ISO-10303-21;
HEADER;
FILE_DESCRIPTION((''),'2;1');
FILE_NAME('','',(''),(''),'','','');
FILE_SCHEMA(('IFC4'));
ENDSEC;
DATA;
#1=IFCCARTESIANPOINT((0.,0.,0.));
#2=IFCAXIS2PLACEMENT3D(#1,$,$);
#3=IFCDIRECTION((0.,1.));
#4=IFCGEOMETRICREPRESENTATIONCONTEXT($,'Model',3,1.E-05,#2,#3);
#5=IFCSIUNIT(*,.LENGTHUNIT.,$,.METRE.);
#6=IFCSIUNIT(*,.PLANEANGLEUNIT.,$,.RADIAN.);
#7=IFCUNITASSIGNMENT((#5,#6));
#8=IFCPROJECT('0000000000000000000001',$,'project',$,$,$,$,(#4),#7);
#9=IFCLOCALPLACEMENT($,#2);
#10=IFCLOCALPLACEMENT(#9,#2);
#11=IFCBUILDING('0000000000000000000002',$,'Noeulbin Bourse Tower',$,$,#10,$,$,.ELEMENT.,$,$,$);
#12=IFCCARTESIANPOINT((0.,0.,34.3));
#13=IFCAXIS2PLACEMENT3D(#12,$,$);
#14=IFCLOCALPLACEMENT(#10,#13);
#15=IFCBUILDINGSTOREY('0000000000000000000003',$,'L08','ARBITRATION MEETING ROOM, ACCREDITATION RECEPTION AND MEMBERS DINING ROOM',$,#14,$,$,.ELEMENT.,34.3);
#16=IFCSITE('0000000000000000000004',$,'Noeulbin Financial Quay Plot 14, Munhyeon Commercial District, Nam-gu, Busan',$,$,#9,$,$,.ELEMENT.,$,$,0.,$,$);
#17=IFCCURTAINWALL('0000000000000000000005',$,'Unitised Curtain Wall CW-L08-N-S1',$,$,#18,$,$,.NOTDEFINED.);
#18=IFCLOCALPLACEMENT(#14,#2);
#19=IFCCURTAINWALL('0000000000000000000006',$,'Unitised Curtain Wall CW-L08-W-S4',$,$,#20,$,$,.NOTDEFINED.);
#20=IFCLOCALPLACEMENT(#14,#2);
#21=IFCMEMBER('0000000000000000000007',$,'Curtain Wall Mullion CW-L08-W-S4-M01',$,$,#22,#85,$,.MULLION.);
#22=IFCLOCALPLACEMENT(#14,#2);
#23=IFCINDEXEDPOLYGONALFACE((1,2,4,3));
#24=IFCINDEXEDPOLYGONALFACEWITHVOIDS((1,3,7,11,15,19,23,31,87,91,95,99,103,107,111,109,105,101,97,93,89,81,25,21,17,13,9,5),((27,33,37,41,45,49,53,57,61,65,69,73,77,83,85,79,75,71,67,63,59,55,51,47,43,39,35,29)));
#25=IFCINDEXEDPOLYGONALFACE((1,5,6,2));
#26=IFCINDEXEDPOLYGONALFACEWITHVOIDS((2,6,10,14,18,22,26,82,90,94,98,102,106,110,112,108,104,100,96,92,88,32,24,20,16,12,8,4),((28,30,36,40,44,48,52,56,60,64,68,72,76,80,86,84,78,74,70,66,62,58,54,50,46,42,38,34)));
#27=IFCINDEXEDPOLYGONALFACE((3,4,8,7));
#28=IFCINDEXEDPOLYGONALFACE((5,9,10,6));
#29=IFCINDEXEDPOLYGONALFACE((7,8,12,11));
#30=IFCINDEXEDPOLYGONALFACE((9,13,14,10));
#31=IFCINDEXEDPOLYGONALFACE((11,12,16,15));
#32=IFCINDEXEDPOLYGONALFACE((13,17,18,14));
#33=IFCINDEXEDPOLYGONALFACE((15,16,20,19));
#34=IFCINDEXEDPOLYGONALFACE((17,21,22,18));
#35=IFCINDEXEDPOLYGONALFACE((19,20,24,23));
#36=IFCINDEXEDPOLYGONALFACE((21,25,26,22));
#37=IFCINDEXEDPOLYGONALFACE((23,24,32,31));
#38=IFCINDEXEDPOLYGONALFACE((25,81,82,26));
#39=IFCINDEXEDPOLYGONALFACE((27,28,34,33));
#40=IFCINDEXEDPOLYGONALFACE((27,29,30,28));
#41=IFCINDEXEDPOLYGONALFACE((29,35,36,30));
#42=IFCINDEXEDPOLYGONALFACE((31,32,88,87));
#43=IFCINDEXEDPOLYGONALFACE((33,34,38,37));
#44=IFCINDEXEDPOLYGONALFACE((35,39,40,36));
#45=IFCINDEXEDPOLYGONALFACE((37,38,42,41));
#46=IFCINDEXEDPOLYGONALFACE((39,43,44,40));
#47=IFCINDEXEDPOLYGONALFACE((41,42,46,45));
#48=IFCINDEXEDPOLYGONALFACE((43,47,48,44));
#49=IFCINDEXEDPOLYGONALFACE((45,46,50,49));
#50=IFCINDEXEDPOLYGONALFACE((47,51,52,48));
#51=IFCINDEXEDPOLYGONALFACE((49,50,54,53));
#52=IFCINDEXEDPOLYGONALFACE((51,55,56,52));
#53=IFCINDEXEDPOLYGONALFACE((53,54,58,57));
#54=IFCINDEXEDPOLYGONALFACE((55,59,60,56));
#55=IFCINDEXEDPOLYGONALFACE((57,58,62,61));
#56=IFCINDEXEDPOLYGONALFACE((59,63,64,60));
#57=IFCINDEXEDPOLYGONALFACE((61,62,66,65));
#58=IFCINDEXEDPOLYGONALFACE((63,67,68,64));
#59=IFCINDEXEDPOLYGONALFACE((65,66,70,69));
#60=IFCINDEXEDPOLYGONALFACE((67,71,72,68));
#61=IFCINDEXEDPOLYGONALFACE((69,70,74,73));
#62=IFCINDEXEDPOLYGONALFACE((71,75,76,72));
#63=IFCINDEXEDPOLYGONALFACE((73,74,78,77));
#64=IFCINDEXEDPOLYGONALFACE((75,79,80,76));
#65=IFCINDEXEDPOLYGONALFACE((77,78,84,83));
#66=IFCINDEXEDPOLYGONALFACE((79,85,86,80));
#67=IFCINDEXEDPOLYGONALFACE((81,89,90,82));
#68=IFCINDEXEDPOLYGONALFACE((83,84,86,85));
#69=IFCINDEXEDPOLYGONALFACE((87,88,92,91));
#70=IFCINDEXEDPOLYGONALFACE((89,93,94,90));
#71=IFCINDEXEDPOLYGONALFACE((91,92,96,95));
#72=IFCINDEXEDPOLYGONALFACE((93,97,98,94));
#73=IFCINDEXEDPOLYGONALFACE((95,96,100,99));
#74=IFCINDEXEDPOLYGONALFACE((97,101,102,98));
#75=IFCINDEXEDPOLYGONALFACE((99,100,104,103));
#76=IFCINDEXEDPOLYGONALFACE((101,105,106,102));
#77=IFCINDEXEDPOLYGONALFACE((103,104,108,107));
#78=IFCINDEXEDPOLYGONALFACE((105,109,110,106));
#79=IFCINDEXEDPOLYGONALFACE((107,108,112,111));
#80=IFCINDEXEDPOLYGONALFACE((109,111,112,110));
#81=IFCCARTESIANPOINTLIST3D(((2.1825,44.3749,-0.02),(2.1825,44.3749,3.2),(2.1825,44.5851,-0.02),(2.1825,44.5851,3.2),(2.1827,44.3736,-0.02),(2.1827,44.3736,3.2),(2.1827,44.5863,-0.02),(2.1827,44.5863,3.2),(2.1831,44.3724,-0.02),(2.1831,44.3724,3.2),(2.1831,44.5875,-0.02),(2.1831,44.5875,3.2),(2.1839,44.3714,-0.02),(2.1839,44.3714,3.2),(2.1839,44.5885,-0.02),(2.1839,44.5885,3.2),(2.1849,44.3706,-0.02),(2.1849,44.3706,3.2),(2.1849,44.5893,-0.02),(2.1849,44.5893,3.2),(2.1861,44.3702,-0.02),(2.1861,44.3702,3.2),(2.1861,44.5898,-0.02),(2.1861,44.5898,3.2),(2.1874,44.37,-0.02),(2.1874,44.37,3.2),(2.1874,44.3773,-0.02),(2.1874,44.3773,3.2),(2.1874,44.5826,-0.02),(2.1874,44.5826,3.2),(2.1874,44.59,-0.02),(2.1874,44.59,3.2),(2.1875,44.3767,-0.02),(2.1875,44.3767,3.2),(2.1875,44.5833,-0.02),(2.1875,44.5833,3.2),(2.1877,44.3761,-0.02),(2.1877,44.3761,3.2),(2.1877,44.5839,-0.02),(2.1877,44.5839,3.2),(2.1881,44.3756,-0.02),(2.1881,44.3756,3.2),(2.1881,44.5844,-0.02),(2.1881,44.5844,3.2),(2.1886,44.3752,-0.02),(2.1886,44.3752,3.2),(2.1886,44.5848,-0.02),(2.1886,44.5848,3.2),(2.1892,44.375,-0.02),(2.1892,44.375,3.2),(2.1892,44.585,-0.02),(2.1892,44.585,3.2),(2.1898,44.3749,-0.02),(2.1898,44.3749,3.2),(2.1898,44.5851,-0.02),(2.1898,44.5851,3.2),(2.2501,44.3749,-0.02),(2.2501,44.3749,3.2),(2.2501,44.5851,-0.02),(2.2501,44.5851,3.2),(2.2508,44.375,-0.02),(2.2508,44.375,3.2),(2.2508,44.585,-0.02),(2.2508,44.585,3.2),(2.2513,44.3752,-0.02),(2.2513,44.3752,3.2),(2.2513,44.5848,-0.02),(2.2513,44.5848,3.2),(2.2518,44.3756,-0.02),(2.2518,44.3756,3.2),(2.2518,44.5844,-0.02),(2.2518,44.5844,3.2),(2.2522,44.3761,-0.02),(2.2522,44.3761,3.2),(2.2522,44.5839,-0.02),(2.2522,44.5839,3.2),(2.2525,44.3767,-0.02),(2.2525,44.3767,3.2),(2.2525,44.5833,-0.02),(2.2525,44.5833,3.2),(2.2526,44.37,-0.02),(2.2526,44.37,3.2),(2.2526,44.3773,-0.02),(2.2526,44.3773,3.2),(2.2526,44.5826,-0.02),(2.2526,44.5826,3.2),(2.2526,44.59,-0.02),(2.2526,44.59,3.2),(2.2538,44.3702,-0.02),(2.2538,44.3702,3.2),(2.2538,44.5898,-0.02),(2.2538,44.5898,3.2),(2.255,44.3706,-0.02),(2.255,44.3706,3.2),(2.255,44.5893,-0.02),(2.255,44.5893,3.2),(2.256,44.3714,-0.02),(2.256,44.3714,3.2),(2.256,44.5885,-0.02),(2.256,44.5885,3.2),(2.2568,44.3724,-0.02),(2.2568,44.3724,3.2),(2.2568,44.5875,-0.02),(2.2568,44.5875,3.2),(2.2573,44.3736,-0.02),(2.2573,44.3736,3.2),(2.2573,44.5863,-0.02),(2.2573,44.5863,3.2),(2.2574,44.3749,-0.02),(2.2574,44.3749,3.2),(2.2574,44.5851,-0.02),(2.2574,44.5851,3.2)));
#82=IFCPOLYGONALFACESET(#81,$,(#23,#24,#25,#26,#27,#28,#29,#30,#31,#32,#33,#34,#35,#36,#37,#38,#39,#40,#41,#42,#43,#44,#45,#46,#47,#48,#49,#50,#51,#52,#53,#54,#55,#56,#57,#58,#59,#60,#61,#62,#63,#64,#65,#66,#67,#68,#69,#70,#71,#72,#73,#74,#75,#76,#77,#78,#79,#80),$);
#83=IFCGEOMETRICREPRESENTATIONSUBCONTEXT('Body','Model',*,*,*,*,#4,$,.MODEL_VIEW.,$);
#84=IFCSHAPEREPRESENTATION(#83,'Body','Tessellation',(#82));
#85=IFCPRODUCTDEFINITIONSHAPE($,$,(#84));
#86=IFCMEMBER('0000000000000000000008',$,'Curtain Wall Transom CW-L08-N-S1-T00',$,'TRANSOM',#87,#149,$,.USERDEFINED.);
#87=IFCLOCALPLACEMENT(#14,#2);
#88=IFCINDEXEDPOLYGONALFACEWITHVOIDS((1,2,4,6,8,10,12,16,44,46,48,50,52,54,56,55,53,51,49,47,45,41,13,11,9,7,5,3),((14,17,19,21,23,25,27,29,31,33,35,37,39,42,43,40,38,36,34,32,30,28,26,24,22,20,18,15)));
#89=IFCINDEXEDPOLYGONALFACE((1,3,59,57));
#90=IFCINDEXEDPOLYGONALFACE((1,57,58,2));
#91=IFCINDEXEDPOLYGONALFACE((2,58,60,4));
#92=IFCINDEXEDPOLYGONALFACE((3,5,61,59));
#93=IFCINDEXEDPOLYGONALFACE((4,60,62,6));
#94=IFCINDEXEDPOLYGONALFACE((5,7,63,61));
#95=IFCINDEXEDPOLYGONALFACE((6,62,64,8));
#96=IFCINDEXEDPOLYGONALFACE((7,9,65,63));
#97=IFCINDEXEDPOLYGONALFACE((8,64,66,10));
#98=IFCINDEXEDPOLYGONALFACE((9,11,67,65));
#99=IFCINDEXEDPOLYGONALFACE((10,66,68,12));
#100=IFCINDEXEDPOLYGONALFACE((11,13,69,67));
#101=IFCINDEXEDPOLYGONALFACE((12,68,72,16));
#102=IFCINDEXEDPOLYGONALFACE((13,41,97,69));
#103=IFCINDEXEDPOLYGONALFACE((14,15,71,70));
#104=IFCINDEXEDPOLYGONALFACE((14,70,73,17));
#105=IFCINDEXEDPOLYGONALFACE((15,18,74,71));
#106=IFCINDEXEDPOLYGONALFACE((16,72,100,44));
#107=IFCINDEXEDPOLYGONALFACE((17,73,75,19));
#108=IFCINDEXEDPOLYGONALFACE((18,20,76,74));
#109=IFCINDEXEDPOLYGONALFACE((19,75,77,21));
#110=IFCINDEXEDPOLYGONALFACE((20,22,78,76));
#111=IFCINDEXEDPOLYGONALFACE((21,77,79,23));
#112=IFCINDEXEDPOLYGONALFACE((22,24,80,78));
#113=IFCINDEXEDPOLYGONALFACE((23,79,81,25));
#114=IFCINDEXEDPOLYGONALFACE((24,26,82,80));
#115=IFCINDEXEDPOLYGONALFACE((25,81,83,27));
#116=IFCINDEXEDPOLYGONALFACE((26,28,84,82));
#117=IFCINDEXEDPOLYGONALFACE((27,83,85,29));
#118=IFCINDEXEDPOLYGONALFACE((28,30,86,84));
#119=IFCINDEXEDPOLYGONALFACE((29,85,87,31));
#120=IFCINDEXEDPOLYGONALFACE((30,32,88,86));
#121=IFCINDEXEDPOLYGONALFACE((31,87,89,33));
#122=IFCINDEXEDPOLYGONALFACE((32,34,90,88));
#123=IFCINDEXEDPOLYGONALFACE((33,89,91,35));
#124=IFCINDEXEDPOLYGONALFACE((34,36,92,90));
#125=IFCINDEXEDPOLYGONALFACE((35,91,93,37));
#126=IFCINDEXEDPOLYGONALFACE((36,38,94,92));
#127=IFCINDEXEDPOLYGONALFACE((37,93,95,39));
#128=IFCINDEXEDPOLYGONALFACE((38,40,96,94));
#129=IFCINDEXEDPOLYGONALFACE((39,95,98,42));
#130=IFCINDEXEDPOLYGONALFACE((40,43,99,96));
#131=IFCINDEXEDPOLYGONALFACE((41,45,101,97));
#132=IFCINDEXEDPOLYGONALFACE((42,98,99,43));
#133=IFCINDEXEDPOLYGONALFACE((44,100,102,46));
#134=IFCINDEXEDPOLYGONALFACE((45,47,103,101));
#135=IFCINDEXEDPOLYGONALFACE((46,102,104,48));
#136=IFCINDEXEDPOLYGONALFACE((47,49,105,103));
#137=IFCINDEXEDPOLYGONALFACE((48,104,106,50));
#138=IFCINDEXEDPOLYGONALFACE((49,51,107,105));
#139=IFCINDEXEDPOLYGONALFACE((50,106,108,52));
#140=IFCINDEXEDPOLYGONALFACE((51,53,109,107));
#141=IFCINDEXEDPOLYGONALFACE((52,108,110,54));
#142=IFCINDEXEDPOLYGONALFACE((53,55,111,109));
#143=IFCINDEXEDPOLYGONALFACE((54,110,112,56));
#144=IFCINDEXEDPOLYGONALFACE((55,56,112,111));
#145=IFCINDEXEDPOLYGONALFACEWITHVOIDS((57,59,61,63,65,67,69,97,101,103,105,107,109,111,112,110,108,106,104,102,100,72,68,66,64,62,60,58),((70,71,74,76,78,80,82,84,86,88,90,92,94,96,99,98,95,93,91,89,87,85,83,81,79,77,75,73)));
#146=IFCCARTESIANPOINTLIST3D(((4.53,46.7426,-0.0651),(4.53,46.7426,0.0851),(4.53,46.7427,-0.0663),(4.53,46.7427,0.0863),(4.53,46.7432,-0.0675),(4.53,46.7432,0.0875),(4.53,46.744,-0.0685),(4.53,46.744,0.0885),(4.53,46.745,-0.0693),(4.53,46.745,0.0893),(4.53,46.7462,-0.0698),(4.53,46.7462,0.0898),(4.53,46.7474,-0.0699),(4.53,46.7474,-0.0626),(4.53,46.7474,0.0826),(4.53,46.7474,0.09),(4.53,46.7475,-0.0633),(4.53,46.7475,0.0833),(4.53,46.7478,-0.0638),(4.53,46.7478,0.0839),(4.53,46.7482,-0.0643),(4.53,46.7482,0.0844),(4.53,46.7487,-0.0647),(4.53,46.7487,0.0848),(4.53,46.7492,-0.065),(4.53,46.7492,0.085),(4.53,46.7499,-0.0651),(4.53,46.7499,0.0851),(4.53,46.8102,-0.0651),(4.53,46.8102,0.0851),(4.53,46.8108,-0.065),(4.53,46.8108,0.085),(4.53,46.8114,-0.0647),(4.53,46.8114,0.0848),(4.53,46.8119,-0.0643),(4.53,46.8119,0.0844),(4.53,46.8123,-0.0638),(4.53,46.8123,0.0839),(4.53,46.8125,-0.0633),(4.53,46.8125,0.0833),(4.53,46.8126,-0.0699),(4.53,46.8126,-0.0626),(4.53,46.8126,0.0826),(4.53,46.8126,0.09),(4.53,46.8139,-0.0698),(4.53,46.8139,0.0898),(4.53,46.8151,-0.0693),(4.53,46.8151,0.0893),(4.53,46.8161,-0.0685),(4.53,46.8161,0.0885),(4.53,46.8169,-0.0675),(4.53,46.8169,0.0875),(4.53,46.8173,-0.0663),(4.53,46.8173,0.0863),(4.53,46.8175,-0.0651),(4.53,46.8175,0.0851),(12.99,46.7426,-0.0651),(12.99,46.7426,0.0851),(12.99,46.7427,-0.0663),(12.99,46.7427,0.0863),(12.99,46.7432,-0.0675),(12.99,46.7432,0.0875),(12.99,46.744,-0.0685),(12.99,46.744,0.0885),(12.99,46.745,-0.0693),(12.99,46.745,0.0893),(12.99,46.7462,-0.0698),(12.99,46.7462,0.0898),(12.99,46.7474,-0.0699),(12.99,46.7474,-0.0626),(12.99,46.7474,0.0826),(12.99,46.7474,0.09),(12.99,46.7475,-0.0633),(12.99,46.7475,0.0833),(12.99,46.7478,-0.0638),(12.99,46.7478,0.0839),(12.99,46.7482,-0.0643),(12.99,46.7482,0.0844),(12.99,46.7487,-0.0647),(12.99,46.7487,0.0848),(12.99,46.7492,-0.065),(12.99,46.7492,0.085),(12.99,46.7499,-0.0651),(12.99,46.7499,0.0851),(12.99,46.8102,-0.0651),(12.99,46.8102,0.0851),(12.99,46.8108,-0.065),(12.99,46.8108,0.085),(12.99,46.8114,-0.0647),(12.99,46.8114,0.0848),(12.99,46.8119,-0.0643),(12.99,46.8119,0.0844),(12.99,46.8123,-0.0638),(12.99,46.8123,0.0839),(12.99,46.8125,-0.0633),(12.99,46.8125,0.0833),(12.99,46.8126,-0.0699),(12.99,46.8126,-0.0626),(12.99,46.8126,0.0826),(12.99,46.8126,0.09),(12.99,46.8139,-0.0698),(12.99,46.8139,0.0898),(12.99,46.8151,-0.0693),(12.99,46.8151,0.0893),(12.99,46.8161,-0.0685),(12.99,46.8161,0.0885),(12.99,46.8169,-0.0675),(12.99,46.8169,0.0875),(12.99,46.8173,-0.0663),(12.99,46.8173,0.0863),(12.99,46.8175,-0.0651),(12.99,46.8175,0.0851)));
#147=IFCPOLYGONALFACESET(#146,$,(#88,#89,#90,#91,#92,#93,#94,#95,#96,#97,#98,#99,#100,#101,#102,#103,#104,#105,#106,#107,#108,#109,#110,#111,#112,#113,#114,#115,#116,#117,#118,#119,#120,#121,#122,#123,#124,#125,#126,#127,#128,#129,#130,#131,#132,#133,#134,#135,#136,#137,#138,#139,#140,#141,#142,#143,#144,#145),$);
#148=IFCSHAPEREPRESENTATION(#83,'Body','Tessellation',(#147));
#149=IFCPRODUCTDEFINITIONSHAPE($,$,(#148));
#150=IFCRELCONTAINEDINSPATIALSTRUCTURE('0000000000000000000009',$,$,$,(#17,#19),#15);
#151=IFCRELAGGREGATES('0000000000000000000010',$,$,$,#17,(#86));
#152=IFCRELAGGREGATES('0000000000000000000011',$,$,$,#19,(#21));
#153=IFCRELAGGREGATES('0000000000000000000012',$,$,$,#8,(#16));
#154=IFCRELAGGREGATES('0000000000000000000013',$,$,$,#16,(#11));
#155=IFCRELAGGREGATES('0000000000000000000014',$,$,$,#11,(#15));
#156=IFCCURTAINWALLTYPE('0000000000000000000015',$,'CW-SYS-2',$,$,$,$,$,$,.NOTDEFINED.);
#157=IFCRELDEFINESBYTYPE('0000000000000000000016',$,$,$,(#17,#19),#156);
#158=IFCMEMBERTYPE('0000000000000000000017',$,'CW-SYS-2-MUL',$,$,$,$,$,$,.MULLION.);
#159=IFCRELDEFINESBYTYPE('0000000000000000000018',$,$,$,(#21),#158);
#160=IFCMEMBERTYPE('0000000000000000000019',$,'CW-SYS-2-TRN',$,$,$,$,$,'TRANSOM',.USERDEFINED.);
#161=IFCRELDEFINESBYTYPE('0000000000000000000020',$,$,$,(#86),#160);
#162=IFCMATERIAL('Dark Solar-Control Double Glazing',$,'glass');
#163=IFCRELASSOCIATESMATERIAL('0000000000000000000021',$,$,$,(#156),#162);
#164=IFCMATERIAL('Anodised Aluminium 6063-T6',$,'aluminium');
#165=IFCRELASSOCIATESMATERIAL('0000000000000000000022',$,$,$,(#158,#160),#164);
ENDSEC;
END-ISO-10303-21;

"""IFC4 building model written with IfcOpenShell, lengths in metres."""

from ifc_helpers import new_model, si_unit, direction, frame, origin, origin_2d, place, context, subcontext, project, spatial, hollow_rectangle, extrude, material, material_profile, profile_set, type_object, element, aggregate, save


model = new_model("IFC4")

# Units and contexts
model_context = context("Model", 3, precision=1e-05, world=origin(), true_north=direction((0.0, 1.0)))
body_context = subcontext(model_context, "Body", "Model", "MODEL_VIEW")
ifc_project = project(units=[si_unit("LENGTHUNIT", "METRE"), si_unit("PLANEANGLEUNIT", "RADIAN")], contexts=[model_context])

# Site, building, storey
site_placement = place(None, origin())
site = spatial("IfcSite", under=ifc_project, at=site_placement, Name="Noeulbin Financial Quay Plot 14, Munhyeon Commercial District, Nam-gu, Busan", CompositionType="ELEMENT", RefElevation=0.0)
building_placement = place(site_placement, origin())
building = spatial("IfcBuilding", under=site, at=building_placement, Name="Noeulbin Bourse Tower", CompositionType="ELEMENT")
storey_placement = place(building_placement, frame((0.0, 0.0, 34.3)))
storey = spatial("IfcBuildingStorey", under=building, at=storey_placement, Name="L08", Description="ARBITRATION MEETING ROOM, ACCREDITATION RECEPTION AND MEMBERS DINING ROOM", CompositionType="ELEMENT", Elevation=34.3)

# Curtain wall
ifc_material_1 = material(Name="Dark Solar-Control Double Glazing", Category="glass")
curtain_wall_type = type_object("IfcCurtainWallType", Name="CW-SYS-2", PredefinedType="NOTDEFINED", material=ifc_material_1)
curtain_wall_1_placement = place(storey_placement, origin())
curtain_wall_1 = element("IfcCurtainWall", 1, at=curtain_wall_1_placement, inside=storey, type_object=curtain_wall_type, Name="Unitised Curtain Wall CW-L08-N-S1", PredefinedType="NOTDEFINED")
ifc_material_2 = material(Name="Anodised Aluminium 6063-T6", Category="aluminium")
ifc_material_profile_1 = material_profile(ifc_material_2, hollow_rectangle(XDim=0.075, YDim=0.22, WallThickness=0.0049, InnerFilletRadius=0.0024, OuterFilletRadius=0.0049, at=origin_2d()), Name="ALU-MULL-75x220x5", Category="LoadBearing")
ifc_profile_set_1 = profile_set([ifc_material_profile_1], Name="Anodised Aluminium 6063-T6")
member_type_1 = type_object("IfcMemberType", Name="CW-SYS-2-MUL", PredefinedType="MULLION", material=ifc_profile_set_1)

# Curtain wall, member
curtain_wall_2_placement = place(storey_placement, origin())
curtain_wall_2 = element("IfcCurtainWall", 2, at=curtain_wall_2_placement, inside=storey, type_object=curtain_wall_type, Name="Unitised Curtain Wall CW-L08-W-S4", PredefinedType="NOTDEFINED")
member_1_placement = place(storey_placement, frame((2.22, 44.48, -0.02), z_axis=(0.0, 0.0, 1.0), x_axis=(1.0, 0.0, 0.0)))
member_1 = element("IfcMember", 3, at=member_1_placement, type_object=member_type_1, Name="Curtain Wall Mullion CW-L08-W-S4-M01", PredefinedType="MULLION", context=body_context, shape_type="SweptSolid", body=[
    extrude(hollow_rectangle(XDim=0.075, YDim=0.22, WallThickness=0.0049, InnerFilletRadius=0.0024, OuterFilletRadius=0.0049, at=origin_2d()), origin(), (0.0, 0.0, 1.0), 3.22),
])

# Member
ifc_material_profile_2 = material_profile(ifc_material_2, hollow_rectangle(XDim=0.075, YDim=0.1599, WallThickness=0.0049, InnerFilletRadius=0.0024, OuterFilletRadius=0.0049, at=origin_2d()), Name="ALU-TRAN-75x160x5", Category="LoadBearing")
ifc_profile_set_2 = profile_set([ifc_material_profile_2], Name="Anodised Aluminium 6063-T6")
member_type_2 = type_object("IfcMemberType", Name="CW-SYS-2-TRN", ElementType="TRANSOM", PredefinedType="USERDEFINED", material=ifc_profile_set_2)
member_2_placement = place(storey_placement, frame((4.53, 46.78, 0.01), z_axis=(1.0, 0.0, 0.0), x_axis=(0.0, 1.0, 0.0)))
member_2 = element("IfcMember", 4, at=member_2_placement, type_object=member_type_2, Name="Curtain Wall Transom CW-L08-N-S1-T00", ObjectType="TRANSOM", PredefinedType="USERDEFINED", context=body_context, shape_type="SweptSolid", body=[
    extrude(hollow_rectangle(XDim=0.075, YDim=0.1599, WallThickness=0.0049, InnerFilletRadius=0.0024, OuterFilletRadius=0.0049, at=origin_2d()), origin(), (0.0, 0.0, 1.0), 8.46),
])

aggregate(curtain_wall_1, [member_2])
aggregate(curtain_wall_2, [member_1])

save(model, "model.ifc")
